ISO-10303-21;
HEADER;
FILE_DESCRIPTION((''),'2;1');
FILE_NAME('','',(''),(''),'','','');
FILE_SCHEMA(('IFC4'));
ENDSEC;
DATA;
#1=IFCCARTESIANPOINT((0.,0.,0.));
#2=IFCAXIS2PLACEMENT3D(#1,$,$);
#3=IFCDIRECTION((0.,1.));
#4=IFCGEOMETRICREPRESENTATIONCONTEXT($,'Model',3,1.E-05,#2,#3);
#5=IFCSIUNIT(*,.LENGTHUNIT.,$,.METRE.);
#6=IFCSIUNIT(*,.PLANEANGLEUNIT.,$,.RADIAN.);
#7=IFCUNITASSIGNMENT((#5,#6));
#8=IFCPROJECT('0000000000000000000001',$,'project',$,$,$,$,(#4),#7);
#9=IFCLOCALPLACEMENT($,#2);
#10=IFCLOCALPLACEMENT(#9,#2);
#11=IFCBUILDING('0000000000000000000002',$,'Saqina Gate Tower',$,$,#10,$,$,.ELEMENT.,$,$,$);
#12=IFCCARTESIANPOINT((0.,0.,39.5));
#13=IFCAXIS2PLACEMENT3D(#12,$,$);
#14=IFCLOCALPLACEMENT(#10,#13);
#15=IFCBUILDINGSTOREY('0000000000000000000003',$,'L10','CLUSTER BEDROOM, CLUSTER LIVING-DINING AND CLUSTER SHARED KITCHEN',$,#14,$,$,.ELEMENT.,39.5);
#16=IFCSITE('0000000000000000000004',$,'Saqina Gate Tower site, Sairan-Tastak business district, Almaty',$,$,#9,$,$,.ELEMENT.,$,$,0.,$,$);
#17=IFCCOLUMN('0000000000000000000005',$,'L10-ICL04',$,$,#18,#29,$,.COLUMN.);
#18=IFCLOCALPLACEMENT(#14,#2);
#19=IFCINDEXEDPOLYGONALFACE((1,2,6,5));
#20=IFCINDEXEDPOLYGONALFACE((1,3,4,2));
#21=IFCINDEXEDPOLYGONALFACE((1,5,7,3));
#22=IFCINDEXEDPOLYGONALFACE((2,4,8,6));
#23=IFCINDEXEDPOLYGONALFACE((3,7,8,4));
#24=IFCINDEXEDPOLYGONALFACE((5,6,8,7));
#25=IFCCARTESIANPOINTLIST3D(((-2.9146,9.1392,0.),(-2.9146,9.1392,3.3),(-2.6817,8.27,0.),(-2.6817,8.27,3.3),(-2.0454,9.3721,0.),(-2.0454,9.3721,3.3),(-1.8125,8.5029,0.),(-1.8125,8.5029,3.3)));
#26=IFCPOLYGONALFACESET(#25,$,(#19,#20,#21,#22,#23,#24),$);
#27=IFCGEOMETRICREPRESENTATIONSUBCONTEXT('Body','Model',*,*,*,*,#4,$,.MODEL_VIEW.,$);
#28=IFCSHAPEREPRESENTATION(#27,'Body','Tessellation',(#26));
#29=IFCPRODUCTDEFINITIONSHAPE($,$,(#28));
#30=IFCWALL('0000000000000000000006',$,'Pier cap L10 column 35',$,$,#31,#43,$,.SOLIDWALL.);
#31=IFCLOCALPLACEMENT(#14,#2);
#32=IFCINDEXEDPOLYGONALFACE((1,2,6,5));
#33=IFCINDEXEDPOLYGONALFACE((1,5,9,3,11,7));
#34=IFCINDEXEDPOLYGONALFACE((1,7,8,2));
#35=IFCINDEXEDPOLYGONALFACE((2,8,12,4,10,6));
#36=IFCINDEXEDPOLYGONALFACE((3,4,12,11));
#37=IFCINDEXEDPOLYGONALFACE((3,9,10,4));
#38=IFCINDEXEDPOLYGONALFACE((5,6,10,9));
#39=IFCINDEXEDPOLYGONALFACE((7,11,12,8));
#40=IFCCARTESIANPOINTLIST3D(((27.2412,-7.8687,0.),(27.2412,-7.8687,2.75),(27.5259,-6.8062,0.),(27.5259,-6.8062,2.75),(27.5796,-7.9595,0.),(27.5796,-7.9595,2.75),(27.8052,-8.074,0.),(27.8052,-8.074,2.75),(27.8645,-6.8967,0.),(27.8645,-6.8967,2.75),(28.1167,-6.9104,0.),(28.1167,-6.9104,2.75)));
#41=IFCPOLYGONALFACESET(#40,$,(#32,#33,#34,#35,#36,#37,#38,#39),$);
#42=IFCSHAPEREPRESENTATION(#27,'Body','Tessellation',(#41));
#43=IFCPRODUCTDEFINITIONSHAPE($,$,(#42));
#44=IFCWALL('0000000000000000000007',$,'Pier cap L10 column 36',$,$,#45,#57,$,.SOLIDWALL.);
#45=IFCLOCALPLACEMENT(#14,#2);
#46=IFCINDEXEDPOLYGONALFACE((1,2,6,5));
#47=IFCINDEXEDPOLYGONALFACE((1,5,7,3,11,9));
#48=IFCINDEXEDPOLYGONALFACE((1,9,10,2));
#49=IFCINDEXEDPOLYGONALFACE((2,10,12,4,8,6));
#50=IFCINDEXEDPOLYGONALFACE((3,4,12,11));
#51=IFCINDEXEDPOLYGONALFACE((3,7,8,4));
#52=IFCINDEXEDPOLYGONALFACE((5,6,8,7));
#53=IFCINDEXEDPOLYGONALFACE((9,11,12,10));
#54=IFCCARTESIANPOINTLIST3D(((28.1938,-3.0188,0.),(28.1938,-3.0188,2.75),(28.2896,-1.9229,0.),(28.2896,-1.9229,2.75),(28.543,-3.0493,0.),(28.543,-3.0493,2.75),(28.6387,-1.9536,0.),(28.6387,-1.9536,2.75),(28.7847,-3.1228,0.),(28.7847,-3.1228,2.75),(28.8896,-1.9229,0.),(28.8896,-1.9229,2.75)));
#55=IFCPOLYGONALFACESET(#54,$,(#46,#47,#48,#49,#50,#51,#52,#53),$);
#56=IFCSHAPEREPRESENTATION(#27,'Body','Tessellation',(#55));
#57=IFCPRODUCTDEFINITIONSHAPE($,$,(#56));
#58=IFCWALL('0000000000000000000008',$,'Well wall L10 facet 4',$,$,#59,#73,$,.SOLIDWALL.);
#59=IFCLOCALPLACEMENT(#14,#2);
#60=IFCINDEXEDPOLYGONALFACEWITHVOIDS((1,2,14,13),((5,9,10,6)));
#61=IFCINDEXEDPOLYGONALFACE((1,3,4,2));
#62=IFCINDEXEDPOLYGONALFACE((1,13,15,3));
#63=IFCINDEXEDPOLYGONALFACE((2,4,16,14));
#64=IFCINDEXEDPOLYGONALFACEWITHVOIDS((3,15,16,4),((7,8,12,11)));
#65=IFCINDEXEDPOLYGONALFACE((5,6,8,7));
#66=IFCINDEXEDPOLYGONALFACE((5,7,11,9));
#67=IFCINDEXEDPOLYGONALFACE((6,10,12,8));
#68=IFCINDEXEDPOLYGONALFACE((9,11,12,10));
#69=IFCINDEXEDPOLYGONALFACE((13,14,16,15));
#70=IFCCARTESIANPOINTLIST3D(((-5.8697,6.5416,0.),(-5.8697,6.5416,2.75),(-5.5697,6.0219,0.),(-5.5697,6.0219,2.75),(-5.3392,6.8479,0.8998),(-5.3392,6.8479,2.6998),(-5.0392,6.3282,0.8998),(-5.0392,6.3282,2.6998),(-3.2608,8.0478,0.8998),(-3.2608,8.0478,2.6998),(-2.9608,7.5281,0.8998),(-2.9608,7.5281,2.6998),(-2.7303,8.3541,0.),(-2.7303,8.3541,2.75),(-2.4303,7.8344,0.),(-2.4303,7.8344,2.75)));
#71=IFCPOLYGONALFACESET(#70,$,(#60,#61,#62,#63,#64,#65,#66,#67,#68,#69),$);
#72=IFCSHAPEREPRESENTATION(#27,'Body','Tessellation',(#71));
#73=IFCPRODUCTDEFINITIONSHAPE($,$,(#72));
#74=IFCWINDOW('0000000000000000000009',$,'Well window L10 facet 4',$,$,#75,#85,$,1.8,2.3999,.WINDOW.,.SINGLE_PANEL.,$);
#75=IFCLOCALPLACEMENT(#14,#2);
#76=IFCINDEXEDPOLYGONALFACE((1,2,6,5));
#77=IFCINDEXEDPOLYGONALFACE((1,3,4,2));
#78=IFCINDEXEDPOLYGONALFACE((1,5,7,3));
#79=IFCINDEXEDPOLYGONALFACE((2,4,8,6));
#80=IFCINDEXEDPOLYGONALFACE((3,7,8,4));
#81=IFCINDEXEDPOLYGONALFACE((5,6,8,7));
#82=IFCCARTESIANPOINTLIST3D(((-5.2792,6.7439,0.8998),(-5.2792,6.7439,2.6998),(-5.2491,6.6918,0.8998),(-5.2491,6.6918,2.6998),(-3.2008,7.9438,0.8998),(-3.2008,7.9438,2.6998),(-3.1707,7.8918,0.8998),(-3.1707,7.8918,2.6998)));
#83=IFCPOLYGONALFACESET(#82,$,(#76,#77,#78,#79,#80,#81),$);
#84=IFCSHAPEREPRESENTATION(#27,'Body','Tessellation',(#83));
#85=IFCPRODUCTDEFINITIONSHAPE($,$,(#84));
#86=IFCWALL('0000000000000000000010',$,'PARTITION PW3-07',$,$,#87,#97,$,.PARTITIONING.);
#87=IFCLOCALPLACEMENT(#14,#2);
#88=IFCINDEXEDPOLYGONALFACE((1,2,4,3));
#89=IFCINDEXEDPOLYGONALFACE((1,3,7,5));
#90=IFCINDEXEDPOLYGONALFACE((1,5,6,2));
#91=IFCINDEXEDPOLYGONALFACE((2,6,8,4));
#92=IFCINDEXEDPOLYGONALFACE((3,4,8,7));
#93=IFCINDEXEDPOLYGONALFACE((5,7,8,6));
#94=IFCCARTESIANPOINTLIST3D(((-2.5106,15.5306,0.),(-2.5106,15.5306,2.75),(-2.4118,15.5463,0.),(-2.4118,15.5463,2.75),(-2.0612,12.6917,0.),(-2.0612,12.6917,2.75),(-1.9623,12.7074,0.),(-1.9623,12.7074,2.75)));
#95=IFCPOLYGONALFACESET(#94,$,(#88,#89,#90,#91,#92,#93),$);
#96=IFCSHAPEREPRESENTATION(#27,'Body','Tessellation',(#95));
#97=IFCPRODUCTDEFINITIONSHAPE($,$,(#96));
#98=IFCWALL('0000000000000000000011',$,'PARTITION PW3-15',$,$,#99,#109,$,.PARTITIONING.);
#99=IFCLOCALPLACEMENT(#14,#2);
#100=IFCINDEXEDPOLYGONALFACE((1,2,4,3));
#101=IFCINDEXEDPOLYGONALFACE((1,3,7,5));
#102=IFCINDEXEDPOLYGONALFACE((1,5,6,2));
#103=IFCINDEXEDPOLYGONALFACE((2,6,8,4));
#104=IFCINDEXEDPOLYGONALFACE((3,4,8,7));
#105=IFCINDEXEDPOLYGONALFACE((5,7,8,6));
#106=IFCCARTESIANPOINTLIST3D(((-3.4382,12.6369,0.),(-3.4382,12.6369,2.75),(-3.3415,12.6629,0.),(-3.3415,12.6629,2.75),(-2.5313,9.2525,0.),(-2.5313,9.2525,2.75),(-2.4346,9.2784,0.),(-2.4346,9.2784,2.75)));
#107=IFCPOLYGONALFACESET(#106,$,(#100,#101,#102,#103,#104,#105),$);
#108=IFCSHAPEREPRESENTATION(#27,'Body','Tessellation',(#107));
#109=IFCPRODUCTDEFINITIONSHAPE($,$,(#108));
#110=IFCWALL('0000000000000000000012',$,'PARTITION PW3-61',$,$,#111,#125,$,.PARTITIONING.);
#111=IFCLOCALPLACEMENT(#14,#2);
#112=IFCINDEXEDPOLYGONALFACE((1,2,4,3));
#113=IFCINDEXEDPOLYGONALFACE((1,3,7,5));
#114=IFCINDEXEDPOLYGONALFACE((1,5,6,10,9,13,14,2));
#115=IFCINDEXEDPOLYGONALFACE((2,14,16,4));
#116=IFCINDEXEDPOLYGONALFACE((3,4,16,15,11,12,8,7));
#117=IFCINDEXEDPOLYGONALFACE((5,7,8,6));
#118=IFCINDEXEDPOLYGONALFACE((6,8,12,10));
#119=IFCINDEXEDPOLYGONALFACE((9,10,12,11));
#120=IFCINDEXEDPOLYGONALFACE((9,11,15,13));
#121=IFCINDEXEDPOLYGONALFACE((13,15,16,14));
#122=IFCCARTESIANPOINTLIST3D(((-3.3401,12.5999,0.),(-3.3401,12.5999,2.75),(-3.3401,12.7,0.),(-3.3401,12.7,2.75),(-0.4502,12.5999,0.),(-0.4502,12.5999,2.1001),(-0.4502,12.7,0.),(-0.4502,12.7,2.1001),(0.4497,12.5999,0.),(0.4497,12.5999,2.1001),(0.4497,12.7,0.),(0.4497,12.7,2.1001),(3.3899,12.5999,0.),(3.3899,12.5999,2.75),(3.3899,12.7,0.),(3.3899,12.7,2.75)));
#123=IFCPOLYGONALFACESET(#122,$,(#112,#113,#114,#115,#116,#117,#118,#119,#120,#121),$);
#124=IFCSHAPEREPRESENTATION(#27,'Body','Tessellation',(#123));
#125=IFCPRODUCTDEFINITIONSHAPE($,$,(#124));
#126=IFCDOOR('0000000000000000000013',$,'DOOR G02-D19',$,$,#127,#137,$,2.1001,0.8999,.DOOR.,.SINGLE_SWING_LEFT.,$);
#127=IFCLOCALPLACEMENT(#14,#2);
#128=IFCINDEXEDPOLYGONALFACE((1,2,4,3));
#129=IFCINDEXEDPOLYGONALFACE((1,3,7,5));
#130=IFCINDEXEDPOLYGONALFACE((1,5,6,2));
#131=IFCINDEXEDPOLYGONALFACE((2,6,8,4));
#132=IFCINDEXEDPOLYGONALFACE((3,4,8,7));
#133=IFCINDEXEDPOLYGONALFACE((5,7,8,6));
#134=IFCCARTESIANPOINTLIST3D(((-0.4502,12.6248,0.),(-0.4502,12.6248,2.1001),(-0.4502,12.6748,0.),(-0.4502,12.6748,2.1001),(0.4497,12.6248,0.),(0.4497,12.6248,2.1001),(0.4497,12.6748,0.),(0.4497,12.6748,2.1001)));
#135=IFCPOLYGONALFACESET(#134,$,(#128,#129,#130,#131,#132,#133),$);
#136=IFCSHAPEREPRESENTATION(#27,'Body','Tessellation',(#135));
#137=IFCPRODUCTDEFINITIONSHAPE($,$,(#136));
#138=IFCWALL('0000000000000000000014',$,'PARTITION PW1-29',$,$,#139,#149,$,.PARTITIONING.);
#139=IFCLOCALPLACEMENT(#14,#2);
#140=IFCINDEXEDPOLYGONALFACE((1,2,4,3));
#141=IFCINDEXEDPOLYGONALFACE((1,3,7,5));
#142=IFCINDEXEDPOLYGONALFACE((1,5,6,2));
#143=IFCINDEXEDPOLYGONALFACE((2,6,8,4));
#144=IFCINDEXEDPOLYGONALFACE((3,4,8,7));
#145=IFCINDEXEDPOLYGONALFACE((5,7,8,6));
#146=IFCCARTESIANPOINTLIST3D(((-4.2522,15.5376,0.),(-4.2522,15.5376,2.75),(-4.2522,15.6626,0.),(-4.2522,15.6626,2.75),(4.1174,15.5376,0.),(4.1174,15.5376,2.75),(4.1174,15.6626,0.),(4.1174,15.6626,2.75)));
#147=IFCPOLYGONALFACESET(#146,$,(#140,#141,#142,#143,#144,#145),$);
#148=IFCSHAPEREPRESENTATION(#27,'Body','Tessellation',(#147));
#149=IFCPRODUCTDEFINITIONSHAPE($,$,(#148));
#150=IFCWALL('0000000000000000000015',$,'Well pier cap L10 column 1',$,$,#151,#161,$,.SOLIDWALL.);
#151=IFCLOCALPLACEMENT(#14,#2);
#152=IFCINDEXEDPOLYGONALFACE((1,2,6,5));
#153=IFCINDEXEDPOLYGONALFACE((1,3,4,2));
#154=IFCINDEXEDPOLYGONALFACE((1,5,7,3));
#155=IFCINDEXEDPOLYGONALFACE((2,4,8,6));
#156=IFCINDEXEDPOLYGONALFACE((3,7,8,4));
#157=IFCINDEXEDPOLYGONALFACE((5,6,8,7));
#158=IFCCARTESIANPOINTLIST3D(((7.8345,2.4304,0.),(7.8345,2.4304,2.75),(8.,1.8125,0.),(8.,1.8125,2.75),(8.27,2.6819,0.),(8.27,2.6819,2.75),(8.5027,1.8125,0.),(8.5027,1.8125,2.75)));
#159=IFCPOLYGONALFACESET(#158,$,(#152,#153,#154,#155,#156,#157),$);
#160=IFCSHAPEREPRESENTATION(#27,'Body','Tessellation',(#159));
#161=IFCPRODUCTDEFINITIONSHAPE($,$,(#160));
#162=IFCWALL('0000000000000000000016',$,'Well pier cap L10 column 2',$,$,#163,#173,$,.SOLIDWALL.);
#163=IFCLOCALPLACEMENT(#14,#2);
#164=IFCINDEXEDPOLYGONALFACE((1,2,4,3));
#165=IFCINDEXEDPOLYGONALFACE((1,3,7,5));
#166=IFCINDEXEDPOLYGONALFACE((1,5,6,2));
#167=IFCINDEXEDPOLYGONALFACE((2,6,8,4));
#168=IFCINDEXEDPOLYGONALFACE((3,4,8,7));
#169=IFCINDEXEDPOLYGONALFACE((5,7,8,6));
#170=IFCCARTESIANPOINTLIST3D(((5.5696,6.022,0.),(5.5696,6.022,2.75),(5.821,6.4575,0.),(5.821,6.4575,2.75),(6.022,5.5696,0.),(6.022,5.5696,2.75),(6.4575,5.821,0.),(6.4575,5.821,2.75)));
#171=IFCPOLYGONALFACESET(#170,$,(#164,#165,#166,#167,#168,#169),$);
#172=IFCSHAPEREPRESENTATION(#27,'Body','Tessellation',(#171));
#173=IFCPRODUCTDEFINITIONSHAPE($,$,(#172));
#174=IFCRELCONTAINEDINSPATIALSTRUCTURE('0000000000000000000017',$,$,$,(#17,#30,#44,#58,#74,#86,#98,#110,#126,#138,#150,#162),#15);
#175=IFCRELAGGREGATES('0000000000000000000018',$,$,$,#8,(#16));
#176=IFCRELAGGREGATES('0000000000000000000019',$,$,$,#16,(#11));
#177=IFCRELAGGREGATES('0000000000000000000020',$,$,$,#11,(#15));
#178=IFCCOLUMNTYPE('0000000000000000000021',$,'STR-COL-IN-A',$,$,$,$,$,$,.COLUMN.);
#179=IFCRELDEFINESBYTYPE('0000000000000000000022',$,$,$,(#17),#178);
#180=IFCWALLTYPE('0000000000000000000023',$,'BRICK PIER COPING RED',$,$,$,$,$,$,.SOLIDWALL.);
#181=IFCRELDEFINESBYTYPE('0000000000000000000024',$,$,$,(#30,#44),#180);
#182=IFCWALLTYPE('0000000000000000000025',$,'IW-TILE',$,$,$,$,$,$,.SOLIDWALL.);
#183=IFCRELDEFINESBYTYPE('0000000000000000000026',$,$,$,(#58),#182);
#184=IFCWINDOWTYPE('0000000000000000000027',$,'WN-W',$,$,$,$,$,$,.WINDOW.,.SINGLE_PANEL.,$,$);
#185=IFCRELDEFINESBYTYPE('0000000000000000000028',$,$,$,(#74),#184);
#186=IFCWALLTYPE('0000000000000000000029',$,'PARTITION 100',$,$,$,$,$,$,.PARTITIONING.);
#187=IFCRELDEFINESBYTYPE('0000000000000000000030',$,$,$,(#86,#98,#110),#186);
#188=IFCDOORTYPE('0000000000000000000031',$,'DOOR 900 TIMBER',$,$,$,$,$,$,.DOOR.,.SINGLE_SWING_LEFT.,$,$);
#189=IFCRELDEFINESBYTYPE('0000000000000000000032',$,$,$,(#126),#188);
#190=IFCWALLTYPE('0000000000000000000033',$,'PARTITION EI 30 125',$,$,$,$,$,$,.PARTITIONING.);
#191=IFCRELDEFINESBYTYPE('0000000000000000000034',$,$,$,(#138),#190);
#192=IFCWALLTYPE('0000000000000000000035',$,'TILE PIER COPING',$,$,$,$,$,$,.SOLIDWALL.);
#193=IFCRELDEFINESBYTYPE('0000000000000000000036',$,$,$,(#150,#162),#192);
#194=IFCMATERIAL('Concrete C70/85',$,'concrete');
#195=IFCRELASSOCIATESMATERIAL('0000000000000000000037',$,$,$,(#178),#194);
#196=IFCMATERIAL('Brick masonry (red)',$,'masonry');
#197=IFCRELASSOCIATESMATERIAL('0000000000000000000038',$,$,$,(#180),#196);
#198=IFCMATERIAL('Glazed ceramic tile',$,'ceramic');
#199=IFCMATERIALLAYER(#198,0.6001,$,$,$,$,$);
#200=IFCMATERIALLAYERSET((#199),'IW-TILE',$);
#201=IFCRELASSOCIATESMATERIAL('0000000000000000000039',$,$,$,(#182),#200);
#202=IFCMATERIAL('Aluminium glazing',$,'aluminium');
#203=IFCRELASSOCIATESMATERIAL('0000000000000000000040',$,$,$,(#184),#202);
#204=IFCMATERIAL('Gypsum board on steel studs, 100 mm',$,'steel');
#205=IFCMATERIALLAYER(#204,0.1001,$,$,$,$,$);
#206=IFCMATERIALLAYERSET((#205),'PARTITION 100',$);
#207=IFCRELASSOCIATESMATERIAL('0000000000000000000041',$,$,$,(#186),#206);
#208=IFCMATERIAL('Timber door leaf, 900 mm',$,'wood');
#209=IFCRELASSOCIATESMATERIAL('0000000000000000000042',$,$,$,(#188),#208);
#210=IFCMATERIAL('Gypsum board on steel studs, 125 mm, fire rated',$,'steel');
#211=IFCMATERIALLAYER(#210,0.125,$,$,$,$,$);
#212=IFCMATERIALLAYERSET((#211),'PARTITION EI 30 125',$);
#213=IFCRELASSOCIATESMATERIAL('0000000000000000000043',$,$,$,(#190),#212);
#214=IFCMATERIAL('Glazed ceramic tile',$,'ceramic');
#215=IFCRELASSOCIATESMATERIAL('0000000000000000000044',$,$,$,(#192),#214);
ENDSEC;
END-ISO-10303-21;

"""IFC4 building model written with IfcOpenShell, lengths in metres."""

from ifc_helpers import new_model, si_unit, direction, frame, frame_2d, origin, origin_2d, place, context, subcontext, project, spatial, polyline, rectangle, outline, extrude, material, layer, layer_set, material_profile, profile_set, type_object, element, fill, save


model = new_model("IFC4")

# Units and contexts
model_context = context("Model", 3, precision=1e-05, world=origin(), true_north=direction((0.0, 1.0)))
body_context = subcontext(model_context, "Body", "Model", "MODEL_VIEW")
ifc_project = project(units=[si_unit("LENGTHUNIT", "METRE"), si_unit("PLANEANGLEUNIT", "RADIAN")], contexts=[model_context])

# Site, building, storey
site_placement = place(None, origin())
site = spatial("IfcSite", under=ifc_project, at=site_placement, Name="Saqina Gate Tower site, Sairan-Tastak business district, Almaty", CompositionType="ELEMENT", RefElevation=0.0)
building_placement = place(site_placement, origin())
building = spatial("IfcBuilding", under=site, at=building_placement, Name="Saqina Gate Tower", CompositionType="ELEMENT")
storey_placement = place(building_placement, frame((0.0, 0.0, 39.5)))
storey = spatial("IfcBuildingStorey", under=building, at=storey_placement, Name="L10", Description="CLUSTER BEDROOM, CLUSTER LIVING-DINING AND CLUSTER SHARED KITCHEN", CompositionType="ELEMENT", Elevation=39.5)

# Column
ifc_material_1 = material(Name="Concrete C70/85", Category="concrete")
ifc_material_profile = material_profile(ifc_material_1, rectangle(XDim=0.8999, YDim=0.8999, at=origin_2d()), Name="RC 900x900")
ifc_profile_set = profile_set([ifc_material_profile], Name="Concrete C70/85")
column_type = type_object("IfcColumnType", Name="STR-COL-IN-A", PredefinedType="COLUMN", material=ifc_profile_set)
column_placement = place(storey_placement, frame((-2.3635, 8.821, 0.0), z_axis=(0.0, 0.0, 1.0), x_axis=(-0.258819, 0.965926, 0.0)))
element("IfcColumn", 1, at=column_placement, inside=storey, type_object=column_type, Name="L10-ICL04", PredefinedType="COLUMN", context=body_context, shape_type="SweptSolid", body=[
    extrude(rectangle(XDim=0.8999, YDim=0.8999, at=origin_2d()), origin(), (0.0, 0.0, 1.0), 3.3),
])

# Walls
ifc_material_2 = material(Name="Brick masonry (red)", Category="masonry")
wall_type_1 = type_object("IfcWallType", Name="BRICK PIER COPING RED", PredefinedType="SOLIDWALL", material=ifc_material_2)
wall_1_placement = place(storey_placement, origin())
element("IfcWall", 2, at=wall_1_placement, inside=storey, type_object=wall_type_1, Name="Pier cap L10 column 35", PredefinedType="SOLIDWALL", context=body_context, shape_type="SweptSolid", body=[
    extrude(outline(polyline([(28.1167, -6.9104), (27.5259, -6.8062), (27.8645, -6.8967), (27.5796, -7.9595), (27.2412, -7.8687), (27.8052, -8.074), (28.1167, -6.9104)])), origin(), (0.0, 0.0, 1.0), 2.75),
])
wall_2_placement = place(storey_placement, origin())
element("IfcWall", 3, at=wall_2_placement, inside=storey, type_object=wall_type_1, Name="Pier cap L10 column 36", PredefinedType="SOLIDWALL", context=body_context, shape_type="SweptSolid", body=[
    extrude(outline(polyline([(28.7847, -3.1228), (28.8896, -1.9229), (28.2896, -1.9229), (28.6387, -1.9536), (28.543, -3.0493), (28.1938, -3.0188), (28.7847, -3.1228)])), origin(), (0.0, 0.0, 1.0), 2.75),
])

# Wall, opening, window
ifc_material_3 = material(Name="Glazed ceramic tile", Category="ceramic")
ifc_layer_1 = layer(ifc_material_3, 0.6001)
ifc_layer_set_1 = layer_set([ifc_layer_1], Name="IW-TILE")
wall_type_2 = type_object("IfcWallType", Name="IW-TILE", PredefinedType="SOLIDWALL", material=ifc_layer_set_1)
wall_3_placement = place(storey_placement, frame((-2.5803, 8.0942, 0.0), z_axis=(0.0, 0.0, 1.0), x_axis=(-0.86603, -0.499993, 0.0)))
wall_3 = element("IfcWall", 4, at=wall_3_placement, inside=storey, type_object=wall_type_2, Name="Well wall L10 facet 4", PredefinedType="SOLIDWALL", context=body_context, shape_type="SweptSolid", body=[
    extrude(rectangle(XDim=3.625, YDim=0.6001, at=frame_2d((1.8125, 0.0))), origin(), (0.0, 0.0, 1.0), 2.75),
])
opening_1_placement = place(wall_3_placement, frame((0.6125, 0.0, 0.8999)))
opening_1 = element("IfcOpeningElement", 5, at=opening_1_placement, cuts=wall_3, PredefinedType="OPENING", context=body_context, shape_type="SweptSolid", body=[
    extrude(rectangle(XDim=2.3999, YDim=1.8, at=frame_2d((1.2, 0.8999))), frame((0.0, 0.312, 0.0), z_axis=(0.0, -1.0, 0.0), x_axis=(1.0, 0.0, 0.0)), (0.0, 0.0, 1.0), 0.624),
])
ifc_material_4 = material(Name="Aluminium glazing", Category="aluminium")
window_type = type_object("IfcWindowType", Name="WN-W", PartitioningType="SINGLE_PANEL", PredefinedType="WINDOW", material=ifc_material_4)
window_placement = place(opening_1_placement, origin())
window = element("IfcWindow", 6, at=window_placement, inside=storey, type_object=window_type, Name="Well window L10 facet 4", OverallHeight=1.8, OverallWidth=2.3999, PartitioningType="SINGLE_PANEL", PredefinedType="WINDOW", context=body_context, shape_type="SweptSolid", body=[
    extrude(rectangle(XDim=2.3999, YDim=1.8, at=frame_2d((1.2, 0.8999))), frame((0.0, -0.1199, 0.0), z_axis=(0.0, -1.0, 0.0), x_axis=(1.0, 0.0, 0.0)), (0.0, 0.0, 1.0), 0.0601),
])
fill(opening_1, window)

# Walls
ifc_material_5 = material(Name="Gypsum board on steel studs, 100 mm", Category="steel")
ifc_layer_2 = layer(ifc_material_5, 0.1001)
ifc_layer_set_2 = layer_set([ifc_layer_2], Name="PARTITION 100")
wall_type_3 = type_object("IfcWallType", Name="PARTITION 100", PredefinedType="PARTITIONING", material=ifc_layer_set_2)
wall_4_placement = place(storey_placement, frame((-2.4612, 15.5383, 0.0), z_axis=(0.0, 0.0, 1.0), x_axis=(0.156377, -0.987697, 0.0)))
element("IfcWall", 7, at=wall_4_placement, inside=storey, type_object=wall_type_3, Name="PARTITION PW3-07", PredefinedType="PARTITIONING", context=body_context, shape_type="SweptSolid", body=[
    extrude(rectangle(XDim=2.8743, YDim=0.1001, at=frame_2d((1.437, 0.0))), origin(), (0.0, 0.0, 1.0), 2.75),
])
wall_5_placement = place(storey_placement, frame((-3.3899, 12.6499, 0.0), z_axis=(0.0, 0.0, 1.0), x_axis=(0.258846, -0.965919, 0.0)))
element("IfcWall", 8, at=wall_5_placement, inside=storey, type_object=wall_type_3, Name="PARTITION PW3-15", PredefinedType="PARTITIONING", context=body_context, shape_type="SweptSolid", body=[
    extrude(rectangle(XDim=3.5039, YDim=0.1001, at=frame_2d((1.752, 0.0))), origin(), (0.0, 0.0, 1.0), 2.75),
])

# Wall, opening, door
wall_6_placement = place(storey_placement, frame((-3.3401, 12.6499, 0.0), z_axis=(0.0, 0.0, 1.0), x_axis=(1.0, 0.0, 0.0)))
wall_6 = element("IfcWall", 9, at=wall_6_placement, inside=storey, type_object=wall_type_3, Name="PARTITION PW3-61", PredefinedType="PARTITIONING", context=body_context, shape_type="SweptSolid", body=[
    extrude(rectangle(XDim=6.73, YDim=0.1001, at=frame_2d((3.365, 0.0))), origin(), (0.0, 0.0, 1.0), 2.75),
])
opening_2_placement = place(wall_6_placement, frame((2.8899, 0.0, 0.0)))
opening_2 = element("IfcOpeningElement", 10, at=opening_2_placement, cuts=wall_6, PredefinedType="OPENING", context=body_context, shape_type="SweptSolid", body=[
    extrude(rectangle(XDim=0.8999, YDim=2.1001, at=frame_2d((0.45, 1.05))), frame((0.0, 0.062, 0.0), z_axis=(0.0, -1.0, 0.0), x_axis=(1.0, 0.0, 0.0)), (0.0, 0.0, 1.0), 0.124),
])
ifc_material_6 = material(Name="Timber door leaf, 900 mm", Category="wood")
door_type = type_object("IfcDoorType", Name="DOOR 900 TIMBER", OperationType="SINGLE_SWING_LEFT", PredefinedType="DOOR", material=ifc_material_6)
door_placement = place(opening_2_placement, origin())
door = element("IfcDoor", 11, at=door_placement, inside=storey, type_object=door_type, Name="DOOR G02-D19", OperationType="SINGLE_SWING_LEFT", OverallHeight=2.1001, OverallWidth=0.8999, PredefinedType="DOOR", context=body_context, shape_type="SweptSolid", body=[
    extrude(rectangle(XDim=0.8999, YDim=2.1001, at=frame_2d((0.45, 1.05))), frame((0.0, 0.0249, 0.0), z_axis=(0.0, -1.0, 0.0), x_axis=(1.0, 0.0, 0.0)), (0.0, 0.0, 1.0), 0.05),
])
fill(opening_2, door)

# Walls
ifc_material_7 = material(Name="Gypsum board on steel studs, 125 mm, fire rated", Category="steel")
ifc_layer_3 = layer(ifc_material_7, 0.125)
ifc_layer_set_3 = layer_set([ifc_layer_3], Name="PARTITION EI 30 125")
wall_type_4 = type_object("IfcWallType", Name="PARTITION EI 30 125", PredefinedType="PARTITIONING", material=ifc_layer_set_3)
wall_7_placement = place(storey_placement, frame((-4.2522, 15.6001, 0.0), z_axis=(0.0, 0.0, 1.0), x_axis=(1.0, 0.0, 0.0)))
element("IfcWall", 12, at=wall_7_placement, inside=storey, type_object=wall_type_4, Name="PARTITION PW1-29", PredefinedType="PARTITIONING", context=body_context, shape_type="SweptSolid", body=[
    extrude(rectangle(XDim=8.3696, YDim=0.125, at=frame_2d((4.1848, 0.0))), origin(), (0.0, 0.0, 1.0), 2.75),
])
ifc_material_8 = material(Name="Glazed ceramic tile", Category="ceramic")
wall_type_5 = type_object("IfcWallType", Name="TILE PIER COPING", PredefinedType="SOLIDWALL", material=ifc_material_8)
wall_8_placement = place(storey_placement, origin())
element("IfcWall", 13, at=wall_8_placement, inside=storey, type_object=wall_type_5, Name="Well pier cap L10 column 1", PredefinedType="SOLIDWALL", context=body_context, shape_type="SweptSolid", body=[
    extrude(outline(polyline([(8.27, 2.6819), (7.8345, 2.4304), (8.0, 1.8125), (8.5027, 1.8125), (8.27, 2.6819)])), origin(), (0.0, 0.0, 1.0), 2.75),
])
wall_9_placement = place(storey_placement, origin())
element("IfcWall", 14, at=wall_9_placement, inside=storey, type_object=wall_type_5, Name="Well pier cap L10 column 2", PredefinedType="SOLIDWALL", context=body_context, shape_type="SweptSolid", body=[
    extrude(outline(polyline([(5.821, 6.4575), (5.5696, 6.022), (6.022, 5.5696), (6.4575, 5.821), (5.821, 6.4575)])), origin(), (0.0, 0.0, 1.0), 2.75),
])

save(model, "model.ifc")
